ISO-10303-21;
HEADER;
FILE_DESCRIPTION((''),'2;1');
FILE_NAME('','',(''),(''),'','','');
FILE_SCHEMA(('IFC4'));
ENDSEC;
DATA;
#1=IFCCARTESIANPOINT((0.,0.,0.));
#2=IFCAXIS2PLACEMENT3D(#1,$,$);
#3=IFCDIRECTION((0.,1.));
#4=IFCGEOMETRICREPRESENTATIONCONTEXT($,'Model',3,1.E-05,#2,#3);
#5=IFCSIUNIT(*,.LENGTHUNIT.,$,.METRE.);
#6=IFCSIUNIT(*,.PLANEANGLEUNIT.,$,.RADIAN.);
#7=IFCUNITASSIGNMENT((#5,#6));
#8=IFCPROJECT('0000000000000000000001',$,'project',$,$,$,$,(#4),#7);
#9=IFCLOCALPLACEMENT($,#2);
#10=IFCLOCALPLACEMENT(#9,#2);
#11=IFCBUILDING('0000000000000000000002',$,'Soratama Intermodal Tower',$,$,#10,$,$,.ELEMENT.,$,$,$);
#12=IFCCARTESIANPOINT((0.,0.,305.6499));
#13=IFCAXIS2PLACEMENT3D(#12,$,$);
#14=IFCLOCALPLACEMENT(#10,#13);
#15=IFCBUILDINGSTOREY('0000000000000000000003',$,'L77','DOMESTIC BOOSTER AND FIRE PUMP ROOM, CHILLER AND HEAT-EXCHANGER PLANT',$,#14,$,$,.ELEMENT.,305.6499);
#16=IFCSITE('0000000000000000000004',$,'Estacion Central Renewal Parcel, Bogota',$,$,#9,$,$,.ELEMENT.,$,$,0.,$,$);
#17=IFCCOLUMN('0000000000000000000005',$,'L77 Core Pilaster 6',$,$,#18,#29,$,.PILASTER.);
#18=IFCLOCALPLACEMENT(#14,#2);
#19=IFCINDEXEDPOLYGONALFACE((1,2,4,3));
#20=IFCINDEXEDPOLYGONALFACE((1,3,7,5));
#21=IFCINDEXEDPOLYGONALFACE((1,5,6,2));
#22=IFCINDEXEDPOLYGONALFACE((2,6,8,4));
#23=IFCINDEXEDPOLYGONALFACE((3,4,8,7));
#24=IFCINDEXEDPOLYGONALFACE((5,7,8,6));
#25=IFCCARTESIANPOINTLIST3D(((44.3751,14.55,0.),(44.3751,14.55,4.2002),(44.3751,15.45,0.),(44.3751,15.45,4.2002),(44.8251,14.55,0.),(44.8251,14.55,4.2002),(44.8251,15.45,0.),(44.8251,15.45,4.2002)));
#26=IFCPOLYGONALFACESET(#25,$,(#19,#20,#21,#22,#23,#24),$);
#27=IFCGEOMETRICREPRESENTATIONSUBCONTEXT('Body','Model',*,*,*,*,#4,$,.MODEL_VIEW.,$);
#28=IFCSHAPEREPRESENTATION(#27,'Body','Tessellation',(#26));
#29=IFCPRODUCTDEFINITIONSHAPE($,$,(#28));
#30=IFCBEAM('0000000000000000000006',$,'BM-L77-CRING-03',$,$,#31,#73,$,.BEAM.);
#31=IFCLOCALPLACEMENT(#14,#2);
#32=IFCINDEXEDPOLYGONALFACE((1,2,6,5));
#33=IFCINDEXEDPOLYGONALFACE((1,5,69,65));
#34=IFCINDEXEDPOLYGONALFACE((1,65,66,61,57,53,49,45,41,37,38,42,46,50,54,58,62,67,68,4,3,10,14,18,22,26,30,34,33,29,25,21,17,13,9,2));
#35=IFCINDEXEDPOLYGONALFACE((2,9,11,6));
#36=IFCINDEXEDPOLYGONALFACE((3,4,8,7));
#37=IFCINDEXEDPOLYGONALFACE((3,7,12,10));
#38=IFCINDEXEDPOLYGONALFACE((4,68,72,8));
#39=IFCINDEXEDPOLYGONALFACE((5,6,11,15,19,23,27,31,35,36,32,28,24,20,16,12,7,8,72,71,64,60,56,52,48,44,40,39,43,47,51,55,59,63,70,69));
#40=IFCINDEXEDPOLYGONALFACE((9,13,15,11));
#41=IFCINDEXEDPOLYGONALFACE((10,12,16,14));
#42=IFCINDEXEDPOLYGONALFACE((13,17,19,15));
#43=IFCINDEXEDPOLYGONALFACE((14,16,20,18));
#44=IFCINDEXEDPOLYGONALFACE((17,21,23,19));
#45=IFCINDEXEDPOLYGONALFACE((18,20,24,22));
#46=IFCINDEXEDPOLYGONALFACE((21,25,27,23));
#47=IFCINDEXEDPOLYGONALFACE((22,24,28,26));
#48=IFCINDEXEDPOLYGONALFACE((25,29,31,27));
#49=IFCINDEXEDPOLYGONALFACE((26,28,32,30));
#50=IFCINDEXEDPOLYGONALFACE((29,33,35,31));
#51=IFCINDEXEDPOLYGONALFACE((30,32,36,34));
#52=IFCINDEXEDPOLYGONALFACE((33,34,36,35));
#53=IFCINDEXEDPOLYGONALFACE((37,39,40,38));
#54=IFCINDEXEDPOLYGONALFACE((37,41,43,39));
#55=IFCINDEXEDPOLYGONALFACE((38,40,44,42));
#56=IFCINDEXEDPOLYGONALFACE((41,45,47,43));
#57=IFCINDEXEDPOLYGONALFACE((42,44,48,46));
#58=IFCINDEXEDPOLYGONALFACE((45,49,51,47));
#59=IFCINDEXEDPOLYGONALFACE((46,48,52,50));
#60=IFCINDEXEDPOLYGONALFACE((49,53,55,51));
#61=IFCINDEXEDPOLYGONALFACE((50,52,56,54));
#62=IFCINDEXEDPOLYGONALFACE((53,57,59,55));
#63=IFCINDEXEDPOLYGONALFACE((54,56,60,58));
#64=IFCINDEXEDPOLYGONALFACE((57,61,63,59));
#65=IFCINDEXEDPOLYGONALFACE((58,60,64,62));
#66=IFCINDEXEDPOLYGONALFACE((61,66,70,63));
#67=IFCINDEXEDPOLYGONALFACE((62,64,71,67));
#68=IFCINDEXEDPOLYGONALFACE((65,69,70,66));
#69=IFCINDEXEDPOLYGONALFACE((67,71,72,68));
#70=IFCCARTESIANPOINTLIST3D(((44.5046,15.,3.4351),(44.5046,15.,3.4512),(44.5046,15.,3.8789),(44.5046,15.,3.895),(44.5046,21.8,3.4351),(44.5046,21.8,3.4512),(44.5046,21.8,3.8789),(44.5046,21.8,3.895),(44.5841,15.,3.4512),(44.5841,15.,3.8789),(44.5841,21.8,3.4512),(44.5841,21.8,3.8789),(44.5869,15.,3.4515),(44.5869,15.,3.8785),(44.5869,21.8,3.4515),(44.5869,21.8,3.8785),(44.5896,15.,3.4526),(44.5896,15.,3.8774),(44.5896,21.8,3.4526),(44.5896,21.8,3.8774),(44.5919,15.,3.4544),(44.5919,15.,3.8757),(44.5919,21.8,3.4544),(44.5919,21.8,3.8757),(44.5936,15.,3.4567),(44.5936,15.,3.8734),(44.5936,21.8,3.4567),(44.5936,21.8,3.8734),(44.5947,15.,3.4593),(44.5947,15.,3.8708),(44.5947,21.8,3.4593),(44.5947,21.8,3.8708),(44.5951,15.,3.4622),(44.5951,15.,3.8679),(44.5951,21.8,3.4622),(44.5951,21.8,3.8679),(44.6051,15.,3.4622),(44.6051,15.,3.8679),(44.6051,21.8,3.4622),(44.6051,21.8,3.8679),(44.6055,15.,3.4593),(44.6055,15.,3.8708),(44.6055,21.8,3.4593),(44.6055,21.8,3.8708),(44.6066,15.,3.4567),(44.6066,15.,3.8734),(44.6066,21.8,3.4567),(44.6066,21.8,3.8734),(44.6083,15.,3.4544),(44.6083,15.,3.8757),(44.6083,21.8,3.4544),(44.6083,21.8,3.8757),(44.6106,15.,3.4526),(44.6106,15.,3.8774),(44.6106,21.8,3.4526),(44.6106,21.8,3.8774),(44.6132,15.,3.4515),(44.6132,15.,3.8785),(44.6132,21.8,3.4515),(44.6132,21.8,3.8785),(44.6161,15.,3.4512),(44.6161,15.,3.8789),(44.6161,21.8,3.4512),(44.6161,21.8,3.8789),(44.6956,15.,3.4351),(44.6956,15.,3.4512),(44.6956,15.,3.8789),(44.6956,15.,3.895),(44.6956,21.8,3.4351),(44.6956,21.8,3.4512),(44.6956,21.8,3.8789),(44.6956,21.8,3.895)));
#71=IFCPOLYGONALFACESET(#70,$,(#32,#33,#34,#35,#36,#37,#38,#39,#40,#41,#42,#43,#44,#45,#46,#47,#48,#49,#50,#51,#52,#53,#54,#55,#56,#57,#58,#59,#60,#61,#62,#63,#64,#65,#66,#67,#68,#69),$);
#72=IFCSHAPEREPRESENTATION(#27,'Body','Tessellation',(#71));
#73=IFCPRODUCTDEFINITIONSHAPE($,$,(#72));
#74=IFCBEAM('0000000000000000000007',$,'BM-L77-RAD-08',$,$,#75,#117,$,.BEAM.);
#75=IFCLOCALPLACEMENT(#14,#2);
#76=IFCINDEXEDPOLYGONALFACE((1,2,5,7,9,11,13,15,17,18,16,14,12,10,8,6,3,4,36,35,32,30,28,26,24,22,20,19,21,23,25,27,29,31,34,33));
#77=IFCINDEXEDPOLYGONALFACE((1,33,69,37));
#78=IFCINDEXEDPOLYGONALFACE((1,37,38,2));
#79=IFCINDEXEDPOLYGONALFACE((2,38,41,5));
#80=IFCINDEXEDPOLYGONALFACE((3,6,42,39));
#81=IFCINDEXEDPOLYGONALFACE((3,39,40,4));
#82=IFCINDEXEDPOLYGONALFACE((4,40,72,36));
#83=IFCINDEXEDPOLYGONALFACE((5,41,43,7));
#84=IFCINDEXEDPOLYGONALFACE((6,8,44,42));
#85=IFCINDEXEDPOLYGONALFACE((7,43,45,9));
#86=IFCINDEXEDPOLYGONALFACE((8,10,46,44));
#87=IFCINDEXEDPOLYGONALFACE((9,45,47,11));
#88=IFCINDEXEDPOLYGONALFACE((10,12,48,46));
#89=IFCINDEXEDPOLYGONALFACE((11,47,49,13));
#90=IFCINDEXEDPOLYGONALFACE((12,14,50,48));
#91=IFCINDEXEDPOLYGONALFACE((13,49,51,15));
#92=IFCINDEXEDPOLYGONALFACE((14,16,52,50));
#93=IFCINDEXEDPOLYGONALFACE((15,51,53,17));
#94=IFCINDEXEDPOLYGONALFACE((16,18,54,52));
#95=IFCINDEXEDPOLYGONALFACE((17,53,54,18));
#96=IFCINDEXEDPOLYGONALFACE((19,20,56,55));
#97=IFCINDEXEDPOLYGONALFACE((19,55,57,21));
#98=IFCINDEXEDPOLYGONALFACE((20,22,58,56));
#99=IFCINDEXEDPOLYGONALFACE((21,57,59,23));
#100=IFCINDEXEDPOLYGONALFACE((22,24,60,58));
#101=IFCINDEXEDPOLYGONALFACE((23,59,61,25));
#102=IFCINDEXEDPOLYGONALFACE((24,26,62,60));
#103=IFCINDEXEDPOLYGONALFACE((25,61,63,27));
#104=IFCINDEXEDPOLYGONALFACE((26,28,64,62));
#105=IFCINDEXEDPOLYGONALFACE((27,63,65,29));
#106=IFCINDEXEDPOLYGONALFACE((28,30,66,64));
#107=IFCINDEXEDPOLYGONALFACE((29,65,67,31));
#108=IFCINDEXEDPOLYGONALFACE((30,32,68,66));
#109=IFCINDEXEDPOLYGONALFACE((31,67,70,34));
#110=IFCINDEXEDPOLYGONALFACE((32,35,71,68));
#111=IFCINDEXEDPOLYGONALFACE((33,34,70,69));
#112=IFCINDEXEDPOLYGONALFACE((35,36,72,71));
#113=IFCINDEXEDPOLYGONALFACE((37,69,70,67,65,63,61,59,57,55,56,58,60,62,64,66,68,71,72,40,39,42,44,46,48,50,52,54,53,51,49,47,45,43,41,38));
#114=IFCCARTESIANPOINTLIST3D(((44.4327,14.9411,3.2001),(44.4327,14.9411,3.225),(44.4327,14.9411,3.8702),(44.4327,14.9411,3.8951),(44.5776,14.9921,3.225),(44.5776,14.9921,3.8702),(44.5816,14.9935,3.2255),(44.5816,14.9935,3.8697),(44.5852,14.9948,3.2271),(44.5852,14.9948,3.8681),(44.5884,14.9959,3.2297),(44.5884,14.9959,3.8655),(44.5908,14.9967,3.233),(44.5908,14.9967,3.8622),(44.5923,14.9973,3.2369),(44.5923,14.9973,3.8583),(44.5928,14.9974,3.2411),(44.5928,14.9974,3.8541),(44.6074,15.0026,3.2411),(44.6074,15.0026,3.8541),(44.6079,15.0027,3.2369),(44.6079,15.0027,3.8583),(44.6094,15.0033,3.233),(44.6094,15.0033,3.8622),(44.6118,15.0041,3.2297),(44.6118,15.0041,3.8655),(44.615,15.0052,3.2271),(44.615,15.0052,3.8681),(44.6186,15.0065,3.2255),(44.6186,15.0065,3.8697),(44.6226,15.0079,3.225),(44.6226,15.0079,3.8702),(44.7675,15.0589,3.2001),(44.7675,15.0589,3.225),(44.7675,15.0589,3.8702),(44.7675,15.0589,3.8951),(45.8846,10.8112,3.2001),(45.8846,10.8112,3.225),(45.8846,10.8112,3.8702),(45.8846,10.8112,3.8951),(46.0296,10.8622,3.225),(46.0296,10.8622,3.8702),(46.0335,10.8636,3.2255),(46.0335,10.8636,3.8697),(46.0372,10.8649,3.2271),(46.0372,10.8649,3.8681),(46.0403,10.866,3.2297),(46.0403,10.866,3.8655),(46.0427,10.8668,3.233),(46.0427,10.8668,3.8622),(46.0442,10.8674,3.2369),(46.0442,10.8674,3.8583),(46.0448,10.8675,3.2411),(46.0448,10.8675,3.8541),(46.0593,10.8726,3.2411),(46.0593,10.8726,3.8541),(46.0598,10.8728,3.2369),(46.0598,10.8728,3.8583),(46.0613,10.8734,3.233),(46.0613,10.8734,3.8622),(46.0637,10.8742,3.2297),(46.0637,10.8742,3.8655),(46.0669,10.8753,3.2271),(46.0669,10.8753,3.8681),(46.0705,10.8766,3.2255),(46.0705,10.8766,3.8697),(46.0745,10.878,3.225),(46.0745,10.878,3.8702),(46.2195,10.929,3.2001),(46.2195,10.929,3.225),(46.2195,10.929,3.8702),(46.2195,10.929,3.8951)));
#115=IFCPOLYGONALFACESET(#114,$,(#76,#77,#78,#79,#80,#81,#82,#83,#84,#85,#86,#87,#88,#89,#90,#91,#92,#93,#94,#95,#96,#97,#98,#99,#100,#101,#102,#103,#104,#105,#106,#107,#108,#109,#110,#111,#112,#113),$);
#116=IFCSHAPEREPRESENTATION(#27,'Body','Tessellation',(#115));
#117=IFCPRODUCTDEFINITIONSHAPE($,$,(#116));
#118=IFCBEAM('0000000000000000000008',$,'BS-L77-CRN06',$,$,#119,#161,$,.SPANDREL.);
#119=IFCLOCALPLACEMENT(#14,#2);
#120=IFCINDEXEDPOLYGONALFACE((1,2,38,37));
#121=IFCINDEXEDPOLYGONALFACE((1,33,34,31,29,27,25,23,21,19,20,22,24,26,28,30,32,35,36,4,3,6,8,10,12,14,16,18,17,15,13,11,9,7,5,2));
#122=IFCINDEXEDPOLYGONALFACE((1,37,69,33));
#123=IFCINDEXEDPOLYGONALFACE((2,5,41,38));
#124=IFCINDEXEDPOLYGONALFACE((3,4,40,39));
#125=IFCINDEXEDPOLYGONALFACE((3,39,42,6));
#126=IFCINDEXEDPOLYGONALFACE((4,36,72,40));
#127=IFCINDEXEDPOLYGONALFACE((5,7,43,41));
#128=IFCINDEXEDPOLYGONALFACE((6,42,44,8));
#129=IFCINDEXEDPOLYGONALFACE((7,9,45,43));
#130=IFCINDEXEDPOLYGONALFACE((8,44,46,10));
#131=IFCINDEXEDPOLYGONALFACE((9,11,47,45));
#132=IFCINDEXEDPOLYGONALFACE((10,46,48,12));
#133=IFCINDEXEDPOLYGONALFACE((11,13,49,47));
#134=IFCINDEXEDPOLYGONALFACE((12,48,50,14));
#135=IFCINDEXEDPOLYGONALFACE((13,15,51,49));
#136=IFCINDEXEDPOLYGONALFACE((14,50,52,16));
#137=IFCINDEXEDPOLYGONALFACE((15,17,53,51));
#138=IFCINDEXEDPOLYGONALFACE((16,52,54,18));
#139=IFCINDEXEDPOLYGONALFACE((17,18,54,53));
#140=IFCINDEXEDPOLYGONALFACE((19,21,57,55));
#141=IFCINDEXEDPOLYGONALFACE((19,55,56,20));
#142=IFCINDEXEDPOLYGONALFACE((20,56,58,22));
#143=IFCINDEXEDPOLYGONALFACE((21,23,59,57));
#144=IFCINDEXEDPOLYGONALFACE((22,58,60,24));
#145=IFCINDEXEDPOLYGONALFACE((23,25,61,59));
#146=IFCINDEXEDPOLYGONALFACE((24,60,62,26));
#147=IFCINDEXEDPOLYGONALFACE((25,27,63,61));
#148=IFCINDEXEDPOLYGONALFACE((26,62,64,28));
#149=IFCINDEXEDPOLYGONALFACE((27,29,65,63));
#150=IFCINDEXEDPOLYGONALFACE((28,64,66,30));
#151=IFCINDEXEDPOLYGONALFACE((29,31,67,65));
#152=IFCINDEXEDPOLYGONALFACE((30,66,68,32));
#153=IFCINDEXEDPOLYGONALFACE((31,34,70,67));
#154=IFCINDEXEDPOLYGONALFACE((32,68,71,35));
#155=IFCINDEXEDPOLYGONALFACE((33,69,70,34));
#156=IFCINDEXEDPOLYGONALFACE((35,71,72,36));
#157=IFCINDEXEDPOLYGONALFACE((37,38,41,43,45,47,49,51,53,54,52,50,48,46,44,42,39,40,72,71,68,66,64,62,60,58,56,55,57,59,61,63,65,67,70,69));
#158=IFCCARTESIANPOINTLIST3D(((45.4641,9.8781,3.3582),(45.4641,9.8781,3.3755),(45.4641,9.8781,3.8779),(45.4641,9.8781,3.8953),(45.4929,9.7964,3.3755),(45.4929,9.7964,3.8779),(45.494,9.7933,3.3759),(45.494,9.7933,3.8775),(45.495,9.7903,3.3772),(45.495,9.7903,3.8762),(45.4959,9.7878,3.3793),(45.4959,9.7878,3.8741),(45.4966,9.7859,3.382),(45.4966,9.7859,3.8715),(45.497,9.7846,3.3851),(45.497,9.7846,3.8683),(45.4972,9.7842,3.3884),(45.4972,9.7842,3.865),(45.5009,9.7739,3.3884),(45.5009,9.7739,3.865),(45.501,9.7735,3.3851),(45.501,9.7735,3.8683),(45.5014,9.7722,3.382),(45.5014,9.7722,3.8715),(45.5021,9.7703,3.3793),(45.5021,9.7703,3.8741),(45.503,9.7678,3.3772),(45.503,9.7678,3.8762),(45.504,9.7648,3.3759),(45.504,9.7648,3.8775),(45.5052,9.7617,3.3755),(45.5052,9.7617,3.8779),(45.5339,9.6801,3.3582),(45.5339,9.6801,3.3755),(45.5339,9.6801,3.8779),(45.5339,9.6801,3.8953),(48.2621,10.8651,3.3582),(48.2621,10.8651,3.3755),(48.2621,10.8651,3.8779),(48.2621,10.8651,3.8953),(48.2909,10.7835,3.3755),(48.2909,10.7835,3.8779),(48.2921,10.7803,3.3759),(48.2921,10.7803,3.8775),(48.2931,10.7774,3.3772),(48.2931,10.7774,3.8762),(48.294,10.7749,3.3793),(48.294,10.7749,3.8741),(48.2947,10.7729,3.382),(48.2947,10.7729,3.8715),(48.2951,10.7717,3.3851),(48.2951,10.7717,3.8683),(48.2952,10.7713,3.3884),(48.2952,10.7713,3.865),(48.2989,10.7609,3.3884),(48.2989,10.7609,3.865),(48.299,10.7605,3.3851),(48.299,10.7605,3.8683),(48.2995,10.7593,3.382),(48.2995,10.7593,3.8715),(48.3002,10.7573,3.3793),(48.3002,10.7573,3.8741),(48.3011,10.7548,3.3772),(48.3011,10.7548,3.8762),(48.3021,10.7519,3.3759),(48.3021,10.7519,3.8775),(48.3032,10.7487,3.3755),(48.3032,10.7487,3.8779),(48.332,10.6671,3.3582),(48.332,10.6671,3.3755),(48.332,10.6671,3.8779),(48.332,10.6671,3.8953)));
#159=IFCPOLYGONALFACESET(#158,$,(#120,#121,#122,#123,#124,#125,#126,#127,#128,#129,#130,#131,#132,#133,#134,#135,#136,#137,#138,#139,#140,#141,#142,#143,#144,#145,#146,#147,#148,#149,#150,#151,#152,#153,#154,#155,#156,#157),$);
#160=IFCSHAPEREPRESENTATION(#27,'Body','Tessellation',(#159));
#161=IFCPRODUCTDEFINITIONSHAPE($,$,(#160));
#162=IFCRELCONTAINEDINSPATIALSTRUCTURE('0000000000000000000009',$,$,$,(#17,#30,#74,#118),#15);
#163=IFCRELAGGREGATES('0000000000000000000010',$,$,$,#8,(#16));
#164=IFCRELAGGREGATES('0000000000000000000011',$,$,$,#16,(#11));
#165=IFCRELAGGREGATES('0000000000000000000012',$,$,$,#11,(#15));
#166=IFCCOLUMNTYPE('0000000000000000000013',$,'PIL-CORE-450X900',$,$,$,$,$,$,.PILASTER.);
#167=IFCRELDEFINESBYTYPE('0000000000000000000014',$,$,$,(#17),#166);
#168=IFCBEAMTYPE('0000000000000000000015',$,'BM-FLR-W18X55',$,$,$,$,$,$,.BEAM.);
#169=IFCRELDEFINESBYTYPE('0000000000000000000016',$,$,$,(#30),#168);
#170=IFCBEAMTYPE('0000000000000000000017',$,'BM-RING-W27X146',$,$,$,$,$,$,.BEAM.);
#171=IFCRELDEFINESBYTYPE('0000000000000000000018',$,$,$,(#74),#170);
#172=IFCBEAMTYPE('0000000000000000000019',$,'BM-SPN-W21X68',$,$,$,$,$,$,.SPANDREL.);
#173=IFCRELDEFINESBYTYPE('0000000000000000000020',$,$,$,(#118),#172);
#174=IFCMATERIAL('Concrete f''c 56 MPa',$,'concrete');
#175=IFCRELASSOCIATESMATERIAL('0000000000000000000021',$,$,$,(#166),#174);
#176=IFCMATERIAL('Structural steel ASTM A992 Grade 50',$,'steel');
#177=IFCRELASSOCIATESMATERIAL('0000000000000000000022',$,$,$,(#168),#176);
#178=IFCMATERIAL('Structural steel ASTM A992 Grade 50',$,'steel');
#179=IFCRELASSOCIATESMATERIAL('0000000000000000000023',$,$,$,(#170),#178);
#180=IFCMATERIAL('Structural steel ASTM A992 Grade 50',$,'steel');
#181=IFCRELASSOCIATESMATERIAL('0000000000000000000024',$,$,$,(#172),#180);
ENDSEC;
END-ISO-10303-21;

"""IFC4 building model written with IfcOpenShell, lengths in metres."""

from ifc_helpers import new_model, si_unit, direction, frame, origin, origin_2d, place, context, subcontext, project, spatial, rectangle, i_section, extrude, material, material_profile, profile_set, type_object, element, save


model = new_model("IFC4")

# Units and contexts
model_context = context("Model", 3, precision=1e-05, world=origin(), true_north=direction((0.0, 1.0)))
body_context = subcontext(model_context, "Body", "Model", "MODEL_VIEW")
ifc_project = project(units=[si_unit("LENGTHUNIT", "METRE"), si_unit("PLANEANGLEUNIT", "RADIAN")], contexts=[model_context])

# Site, building, storey
site_placement = place(None, origin())
site = spatial("IfcSite", under=ifc_project, at=site_placement, Name="Estacion Central Renewal Parcel, Bogota", CompositionType="ELEMENT", RefElevation=0.0)
building_placement = place(site_placement, origin())
building = spatial("IfcBuilding", under=site, at=building_placement, Name="Soratama Intermodal Tower", CompositionType="ELEMENT")
storey_placement = place(building_placement, frame((0.0, 0.0, 305.6499)))
storey = spatial("IfcBuildingStorey", under=building, at=storey_placement, Name="L77", Description="DOMESTIC BOOSTER AND FIRE PUMP ROOM, CHILLER AND HEAT-EXCHANGER PLANT", CompositionType="ELEMENT", Elevation=305.6499)

# Column
ifc_material_1 = material(Name="Concrete f'c 56 MPa", Category="concrete")
ifc_material_profile_1 = material_profile(ifc_material_1, rectangle(XDim=0.45, YDim=0.8999, at=origin_2d()), Name="RC450X900")
ifc_profile_set_1 = profile_set([ifc_material_profile_1], Name="Concrete f'c 56 MPa")
column_type = type_object("IfcColumnType", Name="PIL-CORE-450X900", PredefinedType="PILASTER", material=ifc_profile_set_1)
column_placement = place(storey_placement, frame((44.6001, 15.0, 0.0), z_axis=(0.0, 0.0, 1.0), x_axis=(1.0, 0.0, 0.0)))
element("IfcColumn", 1, at=column_placement, inside=storey, type_object=column_type, Name="L77 Core Pilaster 6", PredefinedType="PILASTER", context=body_context, shape_type="SweptSolid", body=[
    extrude(rectangle(XDim=0.45, YDim=0.8999, at=origin_2d()), origin(), (0.0, 0.0, 1.0), 4.2002),
])

# Beams
ifc_material_2 = material(Name="Structural steel ASTM A992 Grade 50", Category="steel")
ifc_material_profile_2 = material_profile(ifc_material_2, i_section(OverallWidth=0.1909, OverallDepth=0.46, WebThickness=0.01, FlangeThickness=0.0161, FilletRadius=0.011, at=origin_2d()), Name="W18X55")
ifc_profile_set_2 = profile_set([ifc_material_profile_2], Name="Structural steel ASTM A992 Grade 50")
beam_type_1 = type_object("IfcBeamType", Name="BM-FLR-W18X55", PredefinedType="BEAM", material=ifc_profile_set_2)
beam_1_placement = place(storey_placement, frame((44.6001, 15.0, 3.665), z_axis=(0.0, 1.0, 0.0), x_axis=(-1.0, 0.0, 0.0)))
element("IfcBeam", 2, at=beam_1_placement, inside=storey, type_object=beam_type_1, Name="BM-L77-CRING-03", PredefinedType="BEAM", context=body_context, shape_type="SweptSolid", body=[
    extrude(i_section(OverallWidth=0.1909, OverallDepth=0.46, WebThickness=0.01, FlangeThickness=0.0161, FilletRadius=0.011, at=origin_2d()), origin(), (0.0, 0.0, 1.0), 6.8),
])
ifc_material_3 = material(Name="Structural steel ASTM A992 Grade 50", Category="steel")
ifc_material_profile_3 = material_profile(ifc_material_3, i_section(OverallWidth=0.355, OverallDepth=0.6951, WebThickness=0.0154, FlangeThickness=0.0249, FilletRadius=0.0161, at=origin_2d()), Name="W27X146")
ifc_profile_set_3 = profile_set([ifc_material_profile_3], Name="Structural steel ASTM A992 Grade 50")
beam_type_2 = type_object("IfcBeamType", Name="BM-RING-W27X146", PredefinedType="BEAM", material=ifc_profile_set_3)
beam_2_placement = place(storey_placement, frame((44.6001, 15.0, 3.5476), z_axis=(0.331662, -0.943398, 0.0), x_axis=(0.943398, 0.331662, 0.0)))
element("IfcBeam", 3, at=beam_2_placement, inside=storey, type_object=beam_type_2, Name="BM-L77-RAD-08", PredefinedType="BEAM", context=body_context, shape_type="SweptSolid", body=[
    extrude(i_section(OverallWidth=0.355, OverallDepth=0.6951, WebThickness=0.0154, FlangeThickness=0.0249, FilletRadius=0.0161, at=origin_2d()), origin(), (0.0, 0.0, 1.0), 4.3777),
])
ifc_material_4 = material(Name="Structural steel ASTM A992 Grade 50", Category="steel")
ifc_material_profile_4 = material_profile(ifc_material_4, i_section(OverallWidth=0.21, OverallDepth=0.5371, WebThickness=0.011, FlangeThickness=0.0173, FilletRadius=0.0129, at=origin_2d()), Name="W21X68")
ifc_profile_set_4 = profile_set([ifc_material_profile_4], Name="Structural steel ASTM A992 Grade 50")
beam_type_3 = type_object("IfcBeamType", Name="BM-SPN-W21X68", PredefinedType="SPANDREL", material=ifc_profile_set_4)
beam_3_placement = place(storey_placement, frame((45.499, 9.7791, 3.6267), z_axis=(0.943043, 0.332669, 0.0), x_axis=(-0.332669, 0.943043, 0.0)))
element("IfcBeam", 4, at=beam_3_placement, inside=storey, type_object=beam_type_3, Name="BS-L77-CRN06", PredefinedType="SPANDREL", context=body_context, shape_type="SweptSolid", body=[
    extrude(i_section(OverallWidth=0.21, OverallDepth=0.5371, WebThickness=0.011, FlangeThickness=0.0173, FilletRadius=0.0129, at=origin_2d()), origin(), (0.0, 0.0, 1.0), 2.967),
])

save(model, "model.ifc")
